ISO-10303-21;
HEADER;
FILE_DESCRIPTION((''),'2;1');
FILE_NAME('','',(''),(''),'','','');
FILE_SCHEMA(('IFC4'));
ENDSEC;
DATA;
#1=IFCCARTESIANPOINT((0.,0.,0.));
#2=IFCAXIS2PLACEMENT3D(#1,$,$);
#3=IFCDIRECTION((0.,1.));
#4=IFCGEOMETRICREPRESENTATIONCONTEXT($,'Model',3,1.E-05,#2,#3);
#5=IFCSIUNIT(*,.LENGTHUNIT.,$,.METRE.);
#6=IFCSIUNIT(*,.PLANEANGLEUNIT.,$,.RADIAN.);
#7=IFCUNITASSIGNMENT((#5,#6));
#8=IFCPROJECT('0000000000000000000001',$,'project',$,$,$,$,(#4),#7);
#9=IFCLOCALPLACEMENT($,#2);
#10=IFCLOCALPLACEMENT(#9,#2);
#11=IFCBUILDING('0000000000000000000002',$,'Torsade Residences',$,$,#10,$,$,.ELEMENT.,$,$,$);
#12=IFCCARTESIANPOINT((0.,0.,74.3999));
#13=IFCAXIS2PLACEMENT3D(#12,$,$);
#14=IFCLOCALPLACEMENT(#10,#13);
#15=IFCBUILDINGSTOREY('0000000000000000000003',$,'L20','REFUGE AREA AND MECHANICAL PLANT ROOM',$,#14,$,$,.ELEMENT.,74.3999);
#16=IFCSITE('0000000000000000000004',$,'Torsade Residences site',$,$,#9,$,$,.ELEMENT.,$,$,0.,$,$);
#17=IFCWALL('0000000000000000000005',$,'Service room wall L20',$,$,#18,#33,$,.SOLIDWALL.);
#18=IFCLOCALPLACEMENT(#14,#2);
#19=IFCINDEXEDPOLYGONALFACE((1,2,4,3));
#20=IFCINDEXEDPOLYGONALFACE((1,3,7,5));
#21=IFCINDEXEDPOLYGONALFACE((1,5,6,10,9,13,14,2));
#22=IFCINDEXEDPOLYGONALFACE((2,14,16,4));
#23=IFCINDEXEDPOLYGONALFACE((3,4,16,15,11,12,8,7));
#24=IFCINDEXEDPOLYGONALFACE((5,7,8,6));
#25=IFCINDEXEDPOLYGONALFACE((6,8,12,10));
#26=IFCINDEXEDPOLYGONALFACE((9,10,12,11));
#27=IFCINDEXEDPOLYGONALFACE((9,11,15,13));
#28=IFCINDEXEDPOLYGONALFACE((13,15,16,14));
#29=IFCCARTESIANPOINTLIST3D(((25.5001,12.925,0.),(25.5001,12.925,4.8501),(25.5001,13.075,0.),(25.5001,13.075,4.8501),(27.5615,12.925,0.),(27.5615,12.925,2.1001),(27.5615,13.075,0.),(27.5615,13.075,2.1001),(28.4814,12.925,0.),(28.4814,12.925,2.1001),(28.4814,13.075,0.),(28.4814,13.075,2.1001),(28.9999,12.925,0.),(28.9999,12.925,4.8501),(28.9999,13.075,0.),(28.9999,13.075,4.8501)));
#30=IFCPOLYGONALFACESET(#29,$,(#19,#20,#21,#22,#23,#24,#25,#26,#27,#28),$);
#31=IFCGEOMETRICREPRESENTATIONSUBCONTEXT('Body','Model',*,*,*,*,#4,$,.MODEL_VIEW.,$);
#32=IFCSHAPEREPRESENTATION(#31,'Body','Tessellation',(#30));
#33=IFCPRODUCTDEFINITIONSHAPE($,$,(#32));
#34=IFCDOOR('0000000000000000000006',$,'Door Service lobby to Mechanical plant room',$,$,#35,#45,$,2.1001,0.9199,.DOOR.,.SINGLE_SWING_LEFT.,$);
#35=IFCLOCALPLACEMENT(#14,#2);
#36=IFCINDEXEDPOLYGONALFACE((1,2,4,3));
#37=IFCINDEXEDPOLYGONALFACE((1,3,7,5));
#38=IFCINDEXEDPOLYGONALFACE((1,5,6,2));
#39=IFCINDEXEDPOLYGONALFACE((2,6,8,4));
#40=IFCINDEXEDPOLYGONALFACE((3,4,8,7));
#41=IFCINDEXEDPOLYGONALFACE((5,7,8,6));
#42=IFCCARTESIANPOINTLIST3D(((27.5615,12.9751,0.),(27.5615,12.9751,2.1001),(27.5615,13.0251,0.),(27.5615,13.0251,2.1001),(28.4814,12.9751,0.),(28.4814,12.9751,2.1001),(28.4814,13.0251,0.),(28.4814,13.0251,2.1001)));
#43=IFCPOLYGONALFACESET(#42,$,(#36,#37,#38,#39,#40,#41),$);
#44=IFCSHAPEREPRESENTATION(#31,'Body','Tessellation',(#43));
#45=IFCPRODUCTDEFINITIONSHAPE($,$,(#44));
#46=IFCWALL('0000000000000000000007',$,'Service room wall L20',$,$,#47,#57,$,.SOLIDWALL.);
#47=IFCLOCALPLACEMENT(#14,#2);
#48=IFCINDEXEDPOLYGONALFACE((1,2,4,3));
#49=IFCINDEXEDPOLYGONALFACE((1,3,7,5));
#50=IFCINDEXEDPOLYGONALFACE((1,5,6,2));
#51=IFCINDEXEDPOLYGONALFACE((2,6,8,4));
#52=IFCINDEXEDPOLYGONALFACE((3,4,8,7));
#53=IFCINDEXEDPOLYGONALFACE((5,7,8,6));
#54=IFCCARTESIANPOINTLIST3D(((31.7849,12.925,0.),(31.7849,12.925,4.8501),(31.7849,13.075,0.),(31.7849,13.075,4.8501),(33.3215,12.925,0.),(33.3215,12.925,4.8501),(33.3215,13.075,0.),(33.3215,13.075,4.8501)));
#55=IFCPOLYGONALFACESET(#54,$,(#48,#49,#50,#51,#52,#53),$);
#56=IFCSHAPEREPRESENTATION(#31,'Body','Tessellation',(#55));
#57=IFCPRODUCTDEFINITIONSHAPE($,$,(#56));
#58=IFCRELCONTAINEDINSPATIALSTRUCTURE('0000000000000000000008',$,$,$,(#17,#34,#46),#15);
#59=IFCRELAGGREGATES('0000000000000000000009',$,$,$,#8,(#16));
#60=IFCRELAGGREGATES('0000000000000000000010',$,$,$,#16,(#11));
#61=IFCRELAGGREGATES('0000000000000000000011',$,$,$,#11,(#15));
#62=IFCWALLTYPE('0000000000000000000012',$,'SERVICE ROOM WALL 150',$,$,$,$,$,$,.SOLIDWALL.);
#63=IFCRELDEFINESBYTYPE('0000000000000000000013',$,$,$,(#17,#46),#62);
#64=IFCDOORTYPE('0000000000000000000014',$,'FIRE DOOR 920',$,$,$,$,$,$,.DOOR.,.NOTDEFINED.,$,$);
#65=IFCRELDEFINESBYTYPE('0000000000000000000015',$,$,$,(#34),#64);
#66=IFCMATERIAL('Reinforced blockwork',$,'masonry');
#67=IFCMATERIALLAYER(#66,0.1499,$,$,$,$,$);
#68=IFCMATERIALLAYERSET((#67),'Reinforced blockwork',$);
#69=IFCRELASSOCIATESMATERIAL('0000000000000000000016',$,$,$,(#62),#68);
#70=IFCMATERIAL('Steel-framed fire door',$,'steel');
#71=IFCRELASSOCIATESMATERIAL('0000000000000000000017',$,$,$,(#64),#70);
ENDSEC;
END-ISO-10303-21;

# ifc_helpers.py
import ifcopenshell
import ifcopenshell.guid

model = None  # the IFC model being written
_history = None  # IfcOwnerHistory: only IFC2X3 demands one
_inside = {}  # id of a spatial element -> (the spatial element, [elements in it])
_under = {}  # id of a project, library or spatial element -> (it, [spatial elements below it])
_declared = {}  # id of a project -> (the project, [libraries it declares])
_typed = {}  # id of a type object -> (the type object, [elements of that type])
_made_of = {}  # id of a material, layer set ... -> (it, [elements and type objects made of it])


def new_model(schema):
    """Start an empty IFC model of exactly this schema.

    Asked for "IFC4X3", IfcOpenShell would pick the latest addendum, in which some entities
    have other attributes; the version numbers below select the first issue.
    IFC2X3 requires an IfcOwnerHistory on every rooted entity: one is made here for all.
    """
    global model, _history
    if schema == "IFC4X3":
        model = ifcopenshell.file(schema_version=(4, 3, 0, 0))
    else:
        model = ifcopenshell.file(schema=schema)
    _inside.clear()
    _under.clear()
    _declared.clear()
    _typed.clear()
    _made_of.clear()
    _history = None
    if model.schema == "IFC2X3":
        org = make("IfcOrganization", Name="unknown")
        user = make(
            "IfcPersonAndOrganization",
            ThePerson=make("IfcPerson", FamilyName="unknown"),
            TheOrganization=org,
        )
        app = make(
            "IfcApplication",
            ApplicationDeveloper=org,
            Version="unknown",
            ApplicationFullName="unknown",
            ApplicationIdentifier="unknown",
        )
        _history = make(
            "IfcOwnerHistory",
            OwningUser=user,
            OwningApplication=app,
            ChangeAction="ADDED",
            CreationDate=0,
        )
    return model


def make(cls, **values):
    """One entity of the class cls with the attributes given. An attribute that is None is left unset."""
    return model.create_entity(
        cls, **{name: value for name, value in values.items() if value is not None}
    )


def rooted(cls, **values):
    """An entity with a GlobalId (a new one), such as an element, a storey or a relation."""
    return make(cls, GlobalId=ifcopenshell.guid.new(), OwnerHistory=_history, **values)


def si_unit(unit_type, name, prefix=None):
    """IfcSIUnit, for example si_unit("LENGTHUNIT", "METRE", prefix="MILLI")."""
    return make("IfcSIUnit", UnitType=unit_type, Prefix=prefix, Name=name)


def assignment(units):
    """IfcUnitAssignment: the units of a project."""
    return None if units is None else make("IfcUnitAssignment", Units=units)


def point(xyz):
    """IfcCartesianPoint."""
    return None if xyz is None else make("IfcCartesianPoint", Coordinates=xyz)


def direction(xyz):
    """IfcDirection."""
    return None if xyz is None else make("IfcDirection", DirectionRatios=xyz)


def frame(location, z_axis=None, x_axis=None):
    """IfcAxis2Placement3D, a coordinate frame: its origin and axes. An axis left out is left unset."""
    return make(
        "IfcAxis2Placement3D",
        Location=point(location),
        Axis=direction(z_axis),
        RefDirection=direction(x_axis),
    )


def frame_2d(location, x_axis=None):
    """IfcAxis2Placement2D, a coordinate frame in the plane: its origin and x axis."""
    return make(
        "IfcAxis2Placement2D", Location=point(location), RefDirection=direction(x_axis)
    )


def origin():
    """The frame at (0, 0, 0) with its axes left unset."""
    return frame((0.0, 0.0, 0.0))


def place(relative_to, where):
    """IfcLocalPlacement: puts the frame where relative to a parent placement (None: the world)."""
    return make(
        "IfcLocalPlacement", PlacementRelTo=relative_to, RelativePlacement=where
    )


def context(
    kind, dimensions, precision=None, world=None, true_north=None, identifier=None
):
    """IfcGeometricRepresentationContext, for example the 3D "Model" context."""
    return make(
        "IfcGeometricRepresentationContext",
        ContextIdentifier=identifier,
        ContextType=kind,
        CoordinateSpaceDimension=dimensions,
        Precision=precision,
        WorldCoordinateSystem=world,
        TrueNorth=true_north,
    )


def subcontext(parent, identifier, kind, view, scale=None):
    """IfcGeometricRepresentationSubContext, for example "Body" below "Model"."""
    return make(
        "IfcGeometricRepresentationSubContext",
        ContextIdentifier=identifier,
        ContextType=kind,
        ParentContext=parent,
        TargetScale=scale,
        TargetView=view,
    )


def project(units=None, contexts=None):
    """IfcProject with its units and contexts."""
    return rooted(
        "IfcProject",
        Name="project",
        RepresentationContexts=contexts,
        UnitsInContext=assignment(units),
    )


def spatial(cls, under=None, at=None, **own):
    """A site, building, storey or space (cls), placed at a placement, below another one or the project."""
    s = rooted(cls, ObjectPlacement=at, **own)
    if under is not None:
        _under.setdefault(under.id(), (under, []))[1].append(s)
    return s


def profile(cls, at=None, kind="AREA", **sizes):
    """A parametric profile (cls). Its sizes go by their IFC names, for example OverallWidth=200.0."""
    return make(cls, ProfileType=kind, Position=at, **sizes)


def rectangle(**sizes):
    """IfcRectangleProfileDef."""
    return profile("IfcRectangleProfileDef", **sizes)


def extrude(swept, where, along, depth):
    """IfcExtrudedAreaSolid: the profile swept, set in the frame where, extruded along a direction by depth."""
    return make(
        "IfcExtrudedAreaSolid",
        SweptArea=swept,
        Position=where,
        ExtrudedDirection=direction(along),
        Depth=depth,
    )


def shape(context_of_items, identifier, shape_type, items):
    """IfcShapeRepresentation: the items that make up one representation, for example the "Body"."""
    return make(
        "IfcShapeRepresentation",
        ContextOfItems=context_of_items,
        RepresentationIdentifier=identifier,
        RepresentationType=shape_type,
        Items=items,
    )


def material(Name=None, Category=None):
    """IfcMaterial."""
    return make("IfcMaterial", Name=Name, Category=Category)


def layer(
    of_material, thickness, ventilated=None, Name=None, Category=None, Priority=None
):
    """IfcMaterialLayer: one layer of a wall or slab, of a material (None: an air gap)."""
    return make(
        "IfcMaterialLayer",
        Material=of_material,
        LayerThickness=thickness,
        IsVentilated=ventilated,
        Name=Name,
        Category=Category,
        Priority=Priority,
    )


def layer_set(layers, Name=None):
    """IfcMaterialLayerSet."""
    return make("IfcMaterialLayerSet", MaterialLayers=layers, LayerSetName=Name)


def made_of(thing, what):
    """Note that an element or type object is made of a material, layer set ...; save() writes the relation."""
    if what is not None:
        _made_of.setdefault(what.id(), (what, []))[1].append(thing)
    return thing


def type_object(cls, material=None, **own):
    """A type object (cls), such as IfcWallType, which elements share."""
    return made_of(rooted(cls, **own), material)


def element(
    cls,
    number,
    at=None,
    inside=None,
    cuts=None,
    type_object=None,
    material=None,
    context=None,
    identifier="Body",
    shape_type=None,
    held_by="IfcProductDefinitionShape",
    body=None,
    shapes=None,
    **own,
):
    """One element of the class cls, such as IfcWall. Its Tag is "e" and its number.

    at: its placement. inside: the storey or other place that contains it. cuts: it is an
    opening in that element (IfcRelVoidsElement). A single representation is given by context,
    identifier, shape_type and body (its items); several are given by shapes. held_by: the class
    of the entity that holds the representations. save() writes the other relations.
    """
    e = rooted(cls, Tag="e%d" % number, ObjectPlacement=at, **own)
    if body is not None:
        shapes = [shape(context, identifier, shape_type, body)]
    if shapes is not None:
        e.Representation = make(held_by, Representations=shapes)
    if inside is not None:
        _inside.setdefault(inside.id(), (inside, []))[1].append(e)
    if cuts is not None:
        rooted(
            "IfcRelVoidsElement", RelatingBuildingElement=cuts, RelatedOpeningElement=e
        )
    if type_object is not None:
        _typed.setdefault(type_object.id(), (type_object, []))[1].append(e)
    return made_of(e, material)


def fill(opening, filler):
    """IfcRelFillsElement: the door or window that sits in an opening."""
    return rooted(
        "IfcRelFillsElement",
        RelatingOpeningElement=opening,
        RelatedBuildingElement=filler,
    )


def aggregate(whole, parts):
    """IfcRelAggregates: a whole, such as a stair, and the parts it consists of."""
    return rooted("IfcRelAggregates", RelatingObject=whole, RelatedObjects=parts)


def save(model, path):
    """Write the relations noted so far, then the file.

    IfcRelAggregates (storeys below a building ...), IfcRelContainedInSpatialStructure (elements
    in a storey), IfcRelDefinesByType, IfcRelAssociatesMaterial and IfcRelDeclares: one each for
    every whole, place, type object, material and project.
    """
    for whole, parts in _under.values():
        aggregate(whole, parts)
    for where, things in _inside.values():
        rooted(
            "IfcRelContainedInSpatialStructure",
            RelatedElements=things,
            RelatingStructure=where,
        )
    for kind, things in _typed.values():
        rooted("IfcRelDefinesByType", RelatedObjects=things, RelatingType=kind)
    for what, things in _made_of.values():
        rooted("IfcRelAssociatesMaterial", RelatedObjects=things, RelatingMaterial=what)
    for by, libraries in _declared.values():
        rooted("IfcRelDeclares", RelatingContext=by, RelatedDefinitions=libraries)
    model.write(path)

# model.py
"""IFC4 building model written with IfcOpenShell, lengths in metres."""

from ifc_helpers import new_model, si_unit, direction, frame, frame_2d, origin, place, context, subcontext, project, spatial, rectangle, extrude, material, layer, layer_set, type_object, element, fill, save


model = new_model("IFC4")

# Units and contexts
model_context = context("Model", 3, precision=1e-05, world=origin(), true_north=direction((0.0, 1.0)))
body_context = subcontext(model_context, "Body", "Model", "MODEL_VIEW")
ifc_project = project(units=[si_unit("LENGTHUNIT", "METRE"), si_unit("PLANEANGLEUNIT", "RADIAN")], contexts=[model_context])

# Site, building, storey
site_placement = place(None, origin())
site = spatial("IfcSite", under=ifc_project, at=site_placement, Name="Torsade Residences site", CompositionType="ELEMENT", RefElevation=0.0)
building_placement = place(site_placement, origin())
building = spatial("IfcBuilding", under=site, at=building_placement, Name="Torsade Residences", CompositionType="ELEMENT")
storey_placement = place(building_placement, frame((0.0, 0.0, 74.3999)))
storey = spatial("IfcBuildingStorey", under=building, at=storey_placement, Name="L20", Description="REFUGE AREA AND MECHANICAL PLANT ROOM", CompositionType="ELEMENT", Elevation=74.3999)

# Shared definitions
ifc_material_1 = material(Name="Reinforced blockwork", Category="masonry")
ifc_layer_1 = layer(ifc_material_1, 0.1499)
ifc_layer_set_1 = layer_set([ifc_layer_1], Name="Reinforced blockwork")
wall_type_1 = type_object("IfcWallType", Name="SERVICE ROOM WALL 150", PredefinedType="SOLIDWALL", material=ifc_layer_set_1)

# Wall, opening, door
wall_1_placement = place(storey_placement, frame((29.0, 13.0, 0.0), z_axis=(0.0, 0.0, 1.0), x_axis=(-1.0, 0.0, 0.0)))
wall_1 = element("IfcWall", 1, at=wall_1_placement, inside=storey, type_object=wall_type_1, Name="Service room wall L20", PredefinedType="SOLIDWALL", context=body_context, shape_type="SweptSolid", body=[
    extrude(rectangle(XDim=3.4998, YDim=0.1499, at=frame_2d((1.75, 0.0))), origin(), (0.0, 0.0, 1.0), 4.8501),
])
opening_placement = place(wall_1_placement, frame((0.5186, 0.0, 0.0)))
opening = element("IfcOpeningElement", 2, at=opening_placement, cuts=wall_1, PredefinedType="OPENING", context=body_context, shape_type="SweptSolid", body=[
    extrude(rectangle(XDim=0.9199, YDim=2.1001, at=frame_2d((0.46, 1.05))), frame((0.0, 0.085, 0.0), z_axis=(0.0, -1.0, 0.0), x_axis=(1.0, 0.0, 0.0)), (0.0, 0.0, 1.0), 0.1699),
])
ifc_material_2 = material(Name="Steel-framed fire door", Category="steel")
door_type = type_object("IfcDoorType", Name="FIRE DOOR 920", OperationType="NOTDEFINED", PredefinedType="DOOR", material=ifc_material_2)
door_placement = place(opening_placement, origin())
door = element("IfcDoor", 3, at=door_placement, inside=storey, type_object=door_type, Name="Door Service lobby to Mechanical plant room", OperationType="SINGLE_SWING_LEFT", OverallHeight=2.1001, OverallWidth=0.9199, PredefinedType="DOOR", context=body_context, shape_type="SweptSolid", body=[
    extrude(rectangle(XDim=0.9199, YDim=2.1001, at=frame_2d((0.46, 1.05))), frame((0.0, 0.0249, 0.0), z_axis=(0.0, -1.0, 0.0), x_axis=(1.0, 0.0, 0.0)), (0.0, 0.0, 1.0), 0.05),
])
fill(opening, door)

# Wall
wall_2_placement = place(storey_placement, frame((33.3215, 13.0, 0.0), z_axis=(0.0, 0.0, 1.0), x_axis=(-1.0, 0.0, 0.0)))
element("IfcWall", 4, at=wall_2_placement, inside=storey, type_object=wall_type_1, Name="Service room wall L20", PredefinedType="SOLIDWALL", context=body_context, shape_type="SweptSolid", body=[
    extrude(rectangle(XDim=1.5366, YDim=0.1499, at=frame_2d((0.7683, 0.0))), origin(), (0.0, 0.0, 1.0), 4.8501),
])

save(model, "model.ifc")
